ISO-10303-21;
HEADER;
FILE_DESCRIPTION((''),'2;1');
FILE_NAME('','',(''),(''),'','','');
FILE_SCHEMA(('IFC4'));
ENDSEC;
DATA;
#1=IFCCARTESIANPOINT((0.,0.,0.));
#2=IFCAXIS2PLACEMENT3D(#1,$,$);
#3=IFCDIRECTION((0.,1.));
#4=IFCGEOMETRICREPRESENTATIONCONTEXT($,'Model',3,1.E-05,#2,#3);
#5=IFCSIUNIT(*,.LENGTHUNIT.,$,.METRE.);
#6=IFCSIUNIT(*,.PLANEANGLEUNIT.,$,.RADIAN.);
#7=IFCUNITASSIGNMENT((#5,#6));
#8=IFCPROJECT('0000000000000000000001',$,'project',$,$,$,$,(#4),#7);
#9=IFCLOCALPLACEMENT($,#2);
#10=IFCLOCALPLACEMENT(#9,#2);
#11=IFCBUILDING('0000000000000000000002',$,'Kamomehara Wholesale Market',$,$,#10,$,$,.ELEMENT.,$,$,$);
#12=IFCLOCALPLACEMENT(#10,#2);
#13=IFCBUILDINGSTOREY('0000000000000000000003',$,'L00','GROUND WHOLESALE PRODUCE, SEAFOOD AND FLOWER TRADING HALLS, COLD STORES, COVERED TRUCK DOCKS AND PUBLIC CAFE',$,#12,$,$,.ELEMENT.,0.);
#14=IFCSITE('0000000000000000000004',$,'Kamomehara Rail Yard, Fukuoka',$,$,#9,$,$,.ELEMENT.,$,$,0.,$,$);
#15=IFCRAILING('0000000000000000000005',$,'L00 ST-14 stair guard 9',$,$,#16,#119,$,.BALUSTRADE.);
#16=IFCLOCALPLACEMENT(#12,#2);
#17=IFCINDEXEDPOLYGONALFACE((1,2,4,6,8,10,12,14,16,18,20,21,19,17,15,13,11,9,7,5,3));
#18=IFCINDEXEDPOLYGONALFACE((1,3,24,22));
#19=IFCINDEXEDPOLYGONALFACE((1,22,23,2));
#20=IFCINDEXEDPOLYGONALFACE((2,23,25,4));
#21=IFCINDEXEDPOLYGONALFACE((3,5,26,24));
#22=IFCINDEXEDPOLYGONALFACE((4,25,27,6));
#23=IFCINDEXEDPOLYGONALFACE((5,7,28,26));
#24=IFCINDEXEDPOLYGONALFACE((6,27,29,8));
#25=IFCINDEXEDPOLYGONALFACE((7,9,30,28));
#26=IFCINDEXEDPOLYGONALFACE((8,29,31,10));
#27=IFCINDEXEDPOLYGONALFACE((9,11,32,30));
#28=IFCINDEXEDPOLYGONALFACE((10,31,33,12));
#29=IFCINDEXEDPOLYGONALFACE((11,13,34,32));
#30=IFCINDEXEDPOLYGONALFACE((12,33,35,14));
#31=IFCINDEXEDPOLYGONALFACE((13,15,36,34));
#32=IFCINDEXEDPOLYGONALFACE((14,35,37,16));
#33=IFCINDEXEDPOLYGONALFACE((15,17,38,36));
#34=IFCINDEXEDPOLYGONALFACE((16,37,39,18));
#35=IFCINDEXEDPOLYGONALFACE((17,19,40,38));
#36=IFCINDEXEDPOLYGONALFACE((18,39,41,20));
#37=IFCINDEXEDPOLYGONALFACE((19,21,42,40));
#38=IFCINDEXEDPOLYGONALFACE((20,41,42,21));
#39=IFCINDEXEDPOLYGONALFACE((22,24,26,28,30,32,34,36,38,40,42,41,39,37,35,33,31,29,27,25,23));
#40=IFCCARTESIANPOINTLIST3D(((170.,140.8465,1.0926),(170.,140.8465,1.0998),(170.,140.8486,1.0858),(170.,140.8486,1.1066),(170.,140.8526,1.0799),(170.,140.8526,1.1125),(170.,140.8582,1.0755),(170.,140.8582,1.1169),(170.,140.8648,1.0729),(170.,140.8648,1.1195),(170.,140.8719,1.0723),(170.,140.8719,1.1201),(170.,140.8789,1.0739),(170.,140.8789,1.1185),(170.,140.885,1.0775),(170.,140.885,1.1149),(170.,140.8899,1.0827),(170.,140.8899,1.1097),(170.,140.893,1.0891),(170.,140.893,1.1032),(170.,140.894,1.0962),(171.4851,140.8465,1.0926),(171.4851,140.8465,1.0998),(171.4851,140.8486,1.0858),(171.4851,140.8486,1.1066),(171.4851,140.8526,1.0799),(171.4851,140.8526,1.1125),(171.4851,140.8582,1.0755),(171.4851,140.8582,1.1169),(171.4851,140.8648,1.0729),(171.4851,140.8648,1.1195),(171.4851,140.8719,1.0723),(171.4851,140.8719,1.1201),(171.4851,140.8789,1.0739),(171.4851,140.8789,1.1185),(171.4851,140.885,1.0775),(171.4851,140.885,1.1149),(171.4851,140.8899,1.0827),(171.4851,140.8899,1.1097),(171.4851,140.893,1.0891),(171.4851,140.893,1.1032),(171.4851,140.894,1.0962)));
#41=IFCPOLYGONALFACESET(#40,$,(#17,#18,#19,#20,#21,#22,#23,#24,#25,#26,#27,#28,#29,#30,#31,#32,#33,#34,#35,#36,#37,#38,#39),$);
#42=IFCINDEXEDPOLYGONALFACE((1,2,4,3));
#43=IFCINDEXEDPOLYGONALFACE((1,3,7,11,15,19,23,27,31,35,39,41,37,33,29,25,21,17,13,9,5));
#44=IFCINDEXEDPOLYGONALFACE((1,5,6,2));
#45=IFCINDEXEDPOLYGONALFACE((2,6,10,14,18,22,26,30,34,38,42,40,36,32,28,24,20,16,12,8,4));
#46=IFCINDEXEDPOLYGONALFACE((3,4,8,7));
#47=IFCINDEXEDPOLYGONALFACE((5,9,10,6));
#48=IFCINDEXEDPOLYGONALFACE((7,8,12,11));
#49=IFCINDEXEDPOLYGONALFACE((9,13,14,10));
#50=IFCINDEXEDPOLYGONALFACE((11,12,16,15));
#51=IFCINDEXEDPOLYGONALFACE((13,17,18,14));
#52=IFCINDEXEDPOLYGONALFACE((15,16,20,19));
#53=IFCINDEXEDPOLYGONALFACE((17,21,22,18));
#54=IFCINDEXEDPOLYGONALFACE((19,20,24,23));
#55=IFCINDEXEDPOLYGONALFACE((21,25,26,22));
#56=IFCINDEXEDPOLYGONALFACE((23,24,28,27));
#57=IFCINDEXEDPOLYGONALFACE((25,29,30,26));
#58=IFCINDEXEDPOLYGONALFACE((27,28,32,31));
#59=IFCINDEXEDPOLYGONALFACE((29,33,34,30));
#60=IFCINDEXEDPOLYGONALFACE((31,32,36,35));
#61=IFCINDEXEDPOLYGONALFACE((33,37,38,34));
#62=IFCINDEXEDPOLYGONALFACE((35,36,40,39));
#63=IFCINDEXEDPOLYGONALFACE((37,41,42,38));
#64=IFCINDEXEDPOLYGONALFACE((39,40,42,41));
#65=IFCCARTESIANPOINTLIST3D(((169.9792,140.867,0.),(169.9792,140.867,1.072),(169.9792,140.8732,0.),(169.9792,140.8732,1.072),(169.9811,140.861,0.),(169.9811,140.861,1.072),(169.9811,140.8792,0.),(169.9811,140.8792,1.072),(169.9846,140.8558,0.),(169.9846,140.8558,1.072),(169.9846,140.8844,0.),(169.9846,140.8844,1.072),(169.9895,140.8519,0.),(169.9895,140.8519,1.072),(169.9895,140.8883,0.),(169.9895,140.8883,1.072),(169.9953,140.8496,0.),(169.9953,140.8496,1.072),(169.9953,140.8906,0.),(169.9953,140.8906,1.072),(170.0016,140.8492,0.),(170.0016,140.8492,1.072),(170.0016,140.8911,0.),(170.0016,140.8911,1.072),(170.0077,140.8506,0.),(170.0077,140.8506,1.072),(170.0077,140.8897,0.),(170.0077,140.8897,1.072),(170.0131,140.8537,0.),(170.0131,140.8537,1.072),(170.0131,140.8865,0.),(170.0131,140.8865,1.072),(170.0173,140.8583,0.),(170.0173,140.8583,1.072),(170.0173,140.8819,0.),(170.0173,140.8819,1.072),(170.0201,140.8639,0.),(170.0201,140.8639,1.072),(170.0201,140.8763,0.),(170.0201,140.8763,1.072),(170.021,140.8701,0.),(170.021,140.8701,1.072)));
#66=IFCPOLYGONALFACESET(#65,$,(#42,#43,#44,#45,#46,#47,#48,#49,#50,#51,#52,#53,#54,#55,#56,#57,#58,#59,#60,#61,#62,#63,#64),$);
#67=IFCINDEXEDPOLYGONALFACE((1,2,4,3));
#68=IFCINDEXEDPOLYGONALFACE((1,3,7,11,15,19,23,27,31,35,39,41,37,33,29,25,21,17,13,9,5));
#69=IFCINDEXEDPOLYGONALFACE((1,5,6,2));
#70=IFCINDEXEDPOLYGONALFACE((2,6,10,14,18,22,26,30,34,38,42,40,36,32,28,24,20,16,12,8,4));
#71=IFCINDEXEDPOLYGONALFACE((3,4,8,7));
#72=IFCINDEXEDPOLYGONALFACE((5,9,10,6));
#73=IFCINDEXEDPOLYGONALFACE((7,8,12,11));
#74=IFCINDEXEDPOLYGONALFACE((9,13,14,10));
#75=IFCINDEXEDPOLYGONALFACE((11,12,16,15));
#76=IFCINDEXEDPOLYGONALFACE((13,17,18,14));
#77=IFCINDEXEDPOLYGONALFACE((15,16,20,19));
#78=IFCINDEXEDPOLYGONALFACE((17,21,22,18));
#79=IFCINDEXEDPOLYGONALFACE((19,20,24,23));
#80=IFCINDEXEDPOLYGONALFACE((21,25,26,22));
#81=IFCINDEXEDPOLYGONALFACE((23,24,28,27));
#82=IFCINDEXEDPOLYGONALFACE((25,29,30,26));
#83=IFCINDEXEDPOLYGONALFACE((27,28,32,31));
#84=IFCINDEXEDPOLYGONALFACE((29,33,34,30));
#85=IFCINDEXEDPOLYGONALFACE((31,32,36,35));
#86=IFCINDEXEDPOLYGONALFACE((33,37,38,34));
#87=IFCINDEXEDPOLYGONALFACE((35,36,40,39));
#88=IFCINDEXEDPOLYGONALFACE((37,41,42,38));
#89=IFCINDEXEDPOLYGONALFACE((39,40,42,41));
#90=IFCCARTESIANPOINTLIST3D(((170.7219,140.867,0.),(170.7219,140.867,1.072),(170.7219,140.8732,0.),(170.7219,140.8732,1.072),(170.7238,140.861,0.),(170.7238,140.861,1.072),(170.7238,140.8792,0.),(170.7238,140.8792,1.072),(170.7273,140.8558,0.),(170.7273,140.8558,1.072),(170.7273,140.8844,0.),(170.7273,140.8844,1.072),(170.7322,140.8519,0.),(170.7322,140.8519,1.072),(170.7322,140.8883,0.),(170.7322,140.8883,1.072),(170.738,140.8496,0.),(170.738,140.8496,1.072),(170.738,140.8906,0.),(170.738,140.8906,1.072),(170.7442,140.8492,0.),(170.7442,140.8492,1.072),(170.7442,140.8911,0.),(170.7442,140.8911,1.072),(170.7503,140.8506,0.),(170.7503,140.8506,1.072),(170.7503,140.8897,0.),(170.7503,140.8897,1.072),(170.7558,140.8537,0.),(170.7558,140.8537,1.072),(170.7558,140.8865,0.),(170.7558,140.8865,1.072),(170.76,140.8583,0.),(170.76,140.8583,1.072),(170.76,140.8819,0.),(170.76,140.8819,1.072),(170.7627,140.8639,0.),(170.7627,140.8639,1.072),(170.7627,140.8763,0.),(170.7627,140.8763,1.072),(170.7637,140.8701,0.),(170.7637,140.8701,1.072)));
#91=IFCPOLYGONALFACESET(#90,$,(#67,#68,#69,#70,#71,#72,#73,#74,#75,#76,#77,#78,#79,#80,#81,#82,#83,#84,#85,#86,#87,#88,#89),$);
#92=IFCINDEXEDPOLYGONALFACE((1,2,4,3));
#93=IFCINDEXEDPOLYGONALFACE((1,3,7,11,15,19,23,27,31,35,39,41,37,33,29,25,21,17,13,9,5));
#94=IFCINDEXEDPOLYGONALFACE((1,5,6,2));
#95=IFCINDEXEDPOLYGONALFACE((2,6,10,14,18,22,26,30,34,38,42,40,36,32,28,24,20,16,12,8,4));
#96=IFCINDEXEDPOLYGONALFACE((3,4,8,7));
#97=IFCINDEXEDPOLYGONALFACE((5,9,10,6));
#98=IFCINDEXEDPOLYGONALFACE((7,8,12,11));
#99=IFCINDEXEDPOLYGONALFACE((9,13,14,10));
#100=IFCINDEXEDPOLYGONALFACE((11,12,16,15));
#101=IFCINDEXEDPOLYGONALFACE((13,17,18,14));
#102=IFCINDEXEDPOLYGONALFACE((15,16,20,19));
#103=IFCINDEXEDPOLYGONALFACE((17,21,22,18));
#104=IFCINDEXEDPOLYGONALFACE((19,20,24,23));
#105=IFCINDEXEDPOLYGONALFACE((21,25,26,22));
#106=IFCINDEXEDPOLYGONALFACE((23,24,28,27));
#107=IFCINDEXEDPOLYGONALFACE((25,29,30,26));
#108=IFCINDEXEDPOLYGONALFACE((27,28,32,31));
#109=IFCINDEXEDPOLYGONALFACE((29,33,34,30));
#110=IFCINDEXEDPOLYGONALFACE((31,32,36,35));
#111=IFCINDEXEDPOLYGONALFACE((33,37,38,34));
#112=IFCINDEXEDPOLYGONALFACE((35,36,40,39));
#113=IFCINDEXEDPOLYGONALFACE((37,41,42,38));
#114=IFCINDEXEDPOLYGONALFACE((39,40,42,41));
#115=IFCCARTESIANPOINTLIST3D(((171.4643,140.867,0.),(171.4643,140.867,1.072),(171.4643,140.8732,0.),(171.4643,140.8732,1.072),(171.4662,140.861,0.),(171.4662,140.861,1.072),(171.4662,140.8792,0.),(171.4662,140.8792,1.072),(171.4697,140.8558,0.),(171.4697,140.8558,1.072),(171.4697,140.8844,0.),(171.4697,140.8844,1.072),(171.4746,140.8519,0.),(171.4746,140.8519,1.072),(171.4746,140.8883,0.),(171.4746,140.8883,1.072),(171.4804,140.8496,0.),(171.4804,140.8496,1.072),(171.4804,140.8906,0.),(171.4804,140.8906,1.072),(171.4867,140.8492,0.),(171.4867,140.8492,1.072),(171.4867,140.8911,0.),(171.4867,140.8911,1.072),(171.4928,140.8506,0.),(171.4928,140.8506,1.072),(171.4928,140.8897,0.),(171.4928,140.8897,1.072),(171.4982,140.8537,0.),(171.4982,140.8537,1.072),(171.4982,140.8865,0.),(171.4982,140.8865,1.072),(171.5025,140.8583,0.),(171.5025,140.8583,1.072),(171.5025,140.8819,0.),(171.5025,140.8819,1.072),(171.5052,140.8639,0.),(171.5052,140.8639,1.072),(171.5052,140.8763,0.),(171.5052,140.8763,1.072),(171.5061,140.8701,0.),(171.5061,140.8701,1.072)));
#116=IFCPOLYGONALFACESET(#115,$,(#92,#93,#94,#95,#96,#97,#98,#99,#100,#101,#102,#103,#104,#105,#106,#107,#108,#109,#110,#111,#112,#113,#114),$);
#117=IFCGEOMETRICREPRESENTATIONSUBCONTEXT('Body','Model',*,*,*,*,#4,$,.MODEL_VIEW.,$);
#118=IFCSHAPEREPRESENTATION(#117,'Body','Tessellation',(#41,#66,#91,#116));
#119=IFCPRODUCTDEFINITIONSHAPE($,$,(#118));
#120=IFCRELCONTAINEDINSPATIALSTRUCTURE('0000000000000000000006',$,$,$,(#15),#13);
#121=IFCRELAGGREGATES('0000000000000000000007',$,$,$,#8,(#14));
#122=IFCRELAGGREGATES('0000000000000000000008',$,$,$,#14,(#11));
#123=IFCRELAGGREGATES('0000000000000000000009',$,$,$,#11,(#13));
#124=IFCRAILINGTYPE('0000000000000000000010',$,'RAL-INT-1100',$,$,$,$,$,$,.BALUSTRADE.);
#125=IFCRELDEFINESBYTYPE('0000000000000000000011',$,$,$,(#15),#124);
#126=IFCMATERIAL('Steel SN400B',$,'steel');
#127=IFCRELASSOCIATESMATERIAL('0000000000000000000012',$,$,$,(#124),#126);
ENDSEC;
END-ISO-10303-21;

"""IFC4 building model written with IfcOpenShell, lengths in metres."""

from ifc_helpers import new_model, si_unit, direction, frame, origin, origin_2d, place, context, subcontext, project, spatial, circle, extrude, material, type_object, element, save


model = new_model("IFC4")

# Units and contexts
model_context = context("Model", 3, precision=1e-05, world=origin(), true_north=direction((0.0, 1.0)))
body_context = subcontext(model_context, "Body", "Model", "MODEL_VIEW")
ifc_project = project(units=[si_unit("LENGTHUNIT", "METRE"), si_unit("PLANEANGLEUNIT", "RADIAN")], contexts=[model_context])

# Site, building, storey
site_placement = place(None, origin())
site = spatial("IfcSite", under=ifc_project, at=site_placement, Name="Kamomehara Rail Yard, Fukuoka", CompositionType="ELEMENT", RefElevation=0.0)
building_placement = place(site_placement, origin())
building = spatial("IfcBuilding", under=site, at=building_placement, Name="Kamomehara Wholesale Market", CompositionType="ELEMENT")
storey_placement = place(building_placement, origin())
storey = spatial("IfcBuildingStorey", under=building, at=storey_placement, Name="L00", Description="GROUND WHOLESALE PRODUCE, SEAFOOD AND FLOWER TRADING HALLS, COLD STORES, COVERED TRUCK DOCKS AND PUBLIC CAFE", CompositionType="ELEMENT", Elevation=0.0)

# Railing
ifc_material_1 = material(Name="Steel SN400B", Category="steel")
railing_type_1 = type_object("IfcRailingType", Name="RAL-INT-1100", PredefinedType="BALUSTRADE", material=ifc_material_1)
for number, where, name in (
    (1, (170.0, 140.8701, 0.0), "L00 ST-14 stair guard 9"),
):
    element("IfcRailing", number, at=place(storey_placement, frame(where)), inside=storey, type_object=railing_type_1, Name=name, PredefinedType="BALUSTRADE", context=body_context, shape_type="SweptSolid", body=[
        extrude(circle(Radius=0.0239, at=origin_2d()), frame((0.0, 0.0, 1.0962), z_axis=(1.0, 0.0, 0.0), x_axis=(0.0, 1.0, 0.0)), (0.0, 0.0, 1.0), 1.4851),
        extrude(circle(Radius=0.021, at=origin_2d()), origin(), (0.0, 0.0, 1.0), 1.072),
        extrude(circle(Radius=0.021, at=origin_2d()), frame((0.7427, 0.0, 0.0)), (0.0, 0.0, 1.0), 1.072),
        extrude(circle(Radius=0.021, at=origin_2d()), frame((1.4851, 0.0, 0.0)), (0.0, 0.0, 1.0), 1.072),
    ])

save(model, "model.ifc")
